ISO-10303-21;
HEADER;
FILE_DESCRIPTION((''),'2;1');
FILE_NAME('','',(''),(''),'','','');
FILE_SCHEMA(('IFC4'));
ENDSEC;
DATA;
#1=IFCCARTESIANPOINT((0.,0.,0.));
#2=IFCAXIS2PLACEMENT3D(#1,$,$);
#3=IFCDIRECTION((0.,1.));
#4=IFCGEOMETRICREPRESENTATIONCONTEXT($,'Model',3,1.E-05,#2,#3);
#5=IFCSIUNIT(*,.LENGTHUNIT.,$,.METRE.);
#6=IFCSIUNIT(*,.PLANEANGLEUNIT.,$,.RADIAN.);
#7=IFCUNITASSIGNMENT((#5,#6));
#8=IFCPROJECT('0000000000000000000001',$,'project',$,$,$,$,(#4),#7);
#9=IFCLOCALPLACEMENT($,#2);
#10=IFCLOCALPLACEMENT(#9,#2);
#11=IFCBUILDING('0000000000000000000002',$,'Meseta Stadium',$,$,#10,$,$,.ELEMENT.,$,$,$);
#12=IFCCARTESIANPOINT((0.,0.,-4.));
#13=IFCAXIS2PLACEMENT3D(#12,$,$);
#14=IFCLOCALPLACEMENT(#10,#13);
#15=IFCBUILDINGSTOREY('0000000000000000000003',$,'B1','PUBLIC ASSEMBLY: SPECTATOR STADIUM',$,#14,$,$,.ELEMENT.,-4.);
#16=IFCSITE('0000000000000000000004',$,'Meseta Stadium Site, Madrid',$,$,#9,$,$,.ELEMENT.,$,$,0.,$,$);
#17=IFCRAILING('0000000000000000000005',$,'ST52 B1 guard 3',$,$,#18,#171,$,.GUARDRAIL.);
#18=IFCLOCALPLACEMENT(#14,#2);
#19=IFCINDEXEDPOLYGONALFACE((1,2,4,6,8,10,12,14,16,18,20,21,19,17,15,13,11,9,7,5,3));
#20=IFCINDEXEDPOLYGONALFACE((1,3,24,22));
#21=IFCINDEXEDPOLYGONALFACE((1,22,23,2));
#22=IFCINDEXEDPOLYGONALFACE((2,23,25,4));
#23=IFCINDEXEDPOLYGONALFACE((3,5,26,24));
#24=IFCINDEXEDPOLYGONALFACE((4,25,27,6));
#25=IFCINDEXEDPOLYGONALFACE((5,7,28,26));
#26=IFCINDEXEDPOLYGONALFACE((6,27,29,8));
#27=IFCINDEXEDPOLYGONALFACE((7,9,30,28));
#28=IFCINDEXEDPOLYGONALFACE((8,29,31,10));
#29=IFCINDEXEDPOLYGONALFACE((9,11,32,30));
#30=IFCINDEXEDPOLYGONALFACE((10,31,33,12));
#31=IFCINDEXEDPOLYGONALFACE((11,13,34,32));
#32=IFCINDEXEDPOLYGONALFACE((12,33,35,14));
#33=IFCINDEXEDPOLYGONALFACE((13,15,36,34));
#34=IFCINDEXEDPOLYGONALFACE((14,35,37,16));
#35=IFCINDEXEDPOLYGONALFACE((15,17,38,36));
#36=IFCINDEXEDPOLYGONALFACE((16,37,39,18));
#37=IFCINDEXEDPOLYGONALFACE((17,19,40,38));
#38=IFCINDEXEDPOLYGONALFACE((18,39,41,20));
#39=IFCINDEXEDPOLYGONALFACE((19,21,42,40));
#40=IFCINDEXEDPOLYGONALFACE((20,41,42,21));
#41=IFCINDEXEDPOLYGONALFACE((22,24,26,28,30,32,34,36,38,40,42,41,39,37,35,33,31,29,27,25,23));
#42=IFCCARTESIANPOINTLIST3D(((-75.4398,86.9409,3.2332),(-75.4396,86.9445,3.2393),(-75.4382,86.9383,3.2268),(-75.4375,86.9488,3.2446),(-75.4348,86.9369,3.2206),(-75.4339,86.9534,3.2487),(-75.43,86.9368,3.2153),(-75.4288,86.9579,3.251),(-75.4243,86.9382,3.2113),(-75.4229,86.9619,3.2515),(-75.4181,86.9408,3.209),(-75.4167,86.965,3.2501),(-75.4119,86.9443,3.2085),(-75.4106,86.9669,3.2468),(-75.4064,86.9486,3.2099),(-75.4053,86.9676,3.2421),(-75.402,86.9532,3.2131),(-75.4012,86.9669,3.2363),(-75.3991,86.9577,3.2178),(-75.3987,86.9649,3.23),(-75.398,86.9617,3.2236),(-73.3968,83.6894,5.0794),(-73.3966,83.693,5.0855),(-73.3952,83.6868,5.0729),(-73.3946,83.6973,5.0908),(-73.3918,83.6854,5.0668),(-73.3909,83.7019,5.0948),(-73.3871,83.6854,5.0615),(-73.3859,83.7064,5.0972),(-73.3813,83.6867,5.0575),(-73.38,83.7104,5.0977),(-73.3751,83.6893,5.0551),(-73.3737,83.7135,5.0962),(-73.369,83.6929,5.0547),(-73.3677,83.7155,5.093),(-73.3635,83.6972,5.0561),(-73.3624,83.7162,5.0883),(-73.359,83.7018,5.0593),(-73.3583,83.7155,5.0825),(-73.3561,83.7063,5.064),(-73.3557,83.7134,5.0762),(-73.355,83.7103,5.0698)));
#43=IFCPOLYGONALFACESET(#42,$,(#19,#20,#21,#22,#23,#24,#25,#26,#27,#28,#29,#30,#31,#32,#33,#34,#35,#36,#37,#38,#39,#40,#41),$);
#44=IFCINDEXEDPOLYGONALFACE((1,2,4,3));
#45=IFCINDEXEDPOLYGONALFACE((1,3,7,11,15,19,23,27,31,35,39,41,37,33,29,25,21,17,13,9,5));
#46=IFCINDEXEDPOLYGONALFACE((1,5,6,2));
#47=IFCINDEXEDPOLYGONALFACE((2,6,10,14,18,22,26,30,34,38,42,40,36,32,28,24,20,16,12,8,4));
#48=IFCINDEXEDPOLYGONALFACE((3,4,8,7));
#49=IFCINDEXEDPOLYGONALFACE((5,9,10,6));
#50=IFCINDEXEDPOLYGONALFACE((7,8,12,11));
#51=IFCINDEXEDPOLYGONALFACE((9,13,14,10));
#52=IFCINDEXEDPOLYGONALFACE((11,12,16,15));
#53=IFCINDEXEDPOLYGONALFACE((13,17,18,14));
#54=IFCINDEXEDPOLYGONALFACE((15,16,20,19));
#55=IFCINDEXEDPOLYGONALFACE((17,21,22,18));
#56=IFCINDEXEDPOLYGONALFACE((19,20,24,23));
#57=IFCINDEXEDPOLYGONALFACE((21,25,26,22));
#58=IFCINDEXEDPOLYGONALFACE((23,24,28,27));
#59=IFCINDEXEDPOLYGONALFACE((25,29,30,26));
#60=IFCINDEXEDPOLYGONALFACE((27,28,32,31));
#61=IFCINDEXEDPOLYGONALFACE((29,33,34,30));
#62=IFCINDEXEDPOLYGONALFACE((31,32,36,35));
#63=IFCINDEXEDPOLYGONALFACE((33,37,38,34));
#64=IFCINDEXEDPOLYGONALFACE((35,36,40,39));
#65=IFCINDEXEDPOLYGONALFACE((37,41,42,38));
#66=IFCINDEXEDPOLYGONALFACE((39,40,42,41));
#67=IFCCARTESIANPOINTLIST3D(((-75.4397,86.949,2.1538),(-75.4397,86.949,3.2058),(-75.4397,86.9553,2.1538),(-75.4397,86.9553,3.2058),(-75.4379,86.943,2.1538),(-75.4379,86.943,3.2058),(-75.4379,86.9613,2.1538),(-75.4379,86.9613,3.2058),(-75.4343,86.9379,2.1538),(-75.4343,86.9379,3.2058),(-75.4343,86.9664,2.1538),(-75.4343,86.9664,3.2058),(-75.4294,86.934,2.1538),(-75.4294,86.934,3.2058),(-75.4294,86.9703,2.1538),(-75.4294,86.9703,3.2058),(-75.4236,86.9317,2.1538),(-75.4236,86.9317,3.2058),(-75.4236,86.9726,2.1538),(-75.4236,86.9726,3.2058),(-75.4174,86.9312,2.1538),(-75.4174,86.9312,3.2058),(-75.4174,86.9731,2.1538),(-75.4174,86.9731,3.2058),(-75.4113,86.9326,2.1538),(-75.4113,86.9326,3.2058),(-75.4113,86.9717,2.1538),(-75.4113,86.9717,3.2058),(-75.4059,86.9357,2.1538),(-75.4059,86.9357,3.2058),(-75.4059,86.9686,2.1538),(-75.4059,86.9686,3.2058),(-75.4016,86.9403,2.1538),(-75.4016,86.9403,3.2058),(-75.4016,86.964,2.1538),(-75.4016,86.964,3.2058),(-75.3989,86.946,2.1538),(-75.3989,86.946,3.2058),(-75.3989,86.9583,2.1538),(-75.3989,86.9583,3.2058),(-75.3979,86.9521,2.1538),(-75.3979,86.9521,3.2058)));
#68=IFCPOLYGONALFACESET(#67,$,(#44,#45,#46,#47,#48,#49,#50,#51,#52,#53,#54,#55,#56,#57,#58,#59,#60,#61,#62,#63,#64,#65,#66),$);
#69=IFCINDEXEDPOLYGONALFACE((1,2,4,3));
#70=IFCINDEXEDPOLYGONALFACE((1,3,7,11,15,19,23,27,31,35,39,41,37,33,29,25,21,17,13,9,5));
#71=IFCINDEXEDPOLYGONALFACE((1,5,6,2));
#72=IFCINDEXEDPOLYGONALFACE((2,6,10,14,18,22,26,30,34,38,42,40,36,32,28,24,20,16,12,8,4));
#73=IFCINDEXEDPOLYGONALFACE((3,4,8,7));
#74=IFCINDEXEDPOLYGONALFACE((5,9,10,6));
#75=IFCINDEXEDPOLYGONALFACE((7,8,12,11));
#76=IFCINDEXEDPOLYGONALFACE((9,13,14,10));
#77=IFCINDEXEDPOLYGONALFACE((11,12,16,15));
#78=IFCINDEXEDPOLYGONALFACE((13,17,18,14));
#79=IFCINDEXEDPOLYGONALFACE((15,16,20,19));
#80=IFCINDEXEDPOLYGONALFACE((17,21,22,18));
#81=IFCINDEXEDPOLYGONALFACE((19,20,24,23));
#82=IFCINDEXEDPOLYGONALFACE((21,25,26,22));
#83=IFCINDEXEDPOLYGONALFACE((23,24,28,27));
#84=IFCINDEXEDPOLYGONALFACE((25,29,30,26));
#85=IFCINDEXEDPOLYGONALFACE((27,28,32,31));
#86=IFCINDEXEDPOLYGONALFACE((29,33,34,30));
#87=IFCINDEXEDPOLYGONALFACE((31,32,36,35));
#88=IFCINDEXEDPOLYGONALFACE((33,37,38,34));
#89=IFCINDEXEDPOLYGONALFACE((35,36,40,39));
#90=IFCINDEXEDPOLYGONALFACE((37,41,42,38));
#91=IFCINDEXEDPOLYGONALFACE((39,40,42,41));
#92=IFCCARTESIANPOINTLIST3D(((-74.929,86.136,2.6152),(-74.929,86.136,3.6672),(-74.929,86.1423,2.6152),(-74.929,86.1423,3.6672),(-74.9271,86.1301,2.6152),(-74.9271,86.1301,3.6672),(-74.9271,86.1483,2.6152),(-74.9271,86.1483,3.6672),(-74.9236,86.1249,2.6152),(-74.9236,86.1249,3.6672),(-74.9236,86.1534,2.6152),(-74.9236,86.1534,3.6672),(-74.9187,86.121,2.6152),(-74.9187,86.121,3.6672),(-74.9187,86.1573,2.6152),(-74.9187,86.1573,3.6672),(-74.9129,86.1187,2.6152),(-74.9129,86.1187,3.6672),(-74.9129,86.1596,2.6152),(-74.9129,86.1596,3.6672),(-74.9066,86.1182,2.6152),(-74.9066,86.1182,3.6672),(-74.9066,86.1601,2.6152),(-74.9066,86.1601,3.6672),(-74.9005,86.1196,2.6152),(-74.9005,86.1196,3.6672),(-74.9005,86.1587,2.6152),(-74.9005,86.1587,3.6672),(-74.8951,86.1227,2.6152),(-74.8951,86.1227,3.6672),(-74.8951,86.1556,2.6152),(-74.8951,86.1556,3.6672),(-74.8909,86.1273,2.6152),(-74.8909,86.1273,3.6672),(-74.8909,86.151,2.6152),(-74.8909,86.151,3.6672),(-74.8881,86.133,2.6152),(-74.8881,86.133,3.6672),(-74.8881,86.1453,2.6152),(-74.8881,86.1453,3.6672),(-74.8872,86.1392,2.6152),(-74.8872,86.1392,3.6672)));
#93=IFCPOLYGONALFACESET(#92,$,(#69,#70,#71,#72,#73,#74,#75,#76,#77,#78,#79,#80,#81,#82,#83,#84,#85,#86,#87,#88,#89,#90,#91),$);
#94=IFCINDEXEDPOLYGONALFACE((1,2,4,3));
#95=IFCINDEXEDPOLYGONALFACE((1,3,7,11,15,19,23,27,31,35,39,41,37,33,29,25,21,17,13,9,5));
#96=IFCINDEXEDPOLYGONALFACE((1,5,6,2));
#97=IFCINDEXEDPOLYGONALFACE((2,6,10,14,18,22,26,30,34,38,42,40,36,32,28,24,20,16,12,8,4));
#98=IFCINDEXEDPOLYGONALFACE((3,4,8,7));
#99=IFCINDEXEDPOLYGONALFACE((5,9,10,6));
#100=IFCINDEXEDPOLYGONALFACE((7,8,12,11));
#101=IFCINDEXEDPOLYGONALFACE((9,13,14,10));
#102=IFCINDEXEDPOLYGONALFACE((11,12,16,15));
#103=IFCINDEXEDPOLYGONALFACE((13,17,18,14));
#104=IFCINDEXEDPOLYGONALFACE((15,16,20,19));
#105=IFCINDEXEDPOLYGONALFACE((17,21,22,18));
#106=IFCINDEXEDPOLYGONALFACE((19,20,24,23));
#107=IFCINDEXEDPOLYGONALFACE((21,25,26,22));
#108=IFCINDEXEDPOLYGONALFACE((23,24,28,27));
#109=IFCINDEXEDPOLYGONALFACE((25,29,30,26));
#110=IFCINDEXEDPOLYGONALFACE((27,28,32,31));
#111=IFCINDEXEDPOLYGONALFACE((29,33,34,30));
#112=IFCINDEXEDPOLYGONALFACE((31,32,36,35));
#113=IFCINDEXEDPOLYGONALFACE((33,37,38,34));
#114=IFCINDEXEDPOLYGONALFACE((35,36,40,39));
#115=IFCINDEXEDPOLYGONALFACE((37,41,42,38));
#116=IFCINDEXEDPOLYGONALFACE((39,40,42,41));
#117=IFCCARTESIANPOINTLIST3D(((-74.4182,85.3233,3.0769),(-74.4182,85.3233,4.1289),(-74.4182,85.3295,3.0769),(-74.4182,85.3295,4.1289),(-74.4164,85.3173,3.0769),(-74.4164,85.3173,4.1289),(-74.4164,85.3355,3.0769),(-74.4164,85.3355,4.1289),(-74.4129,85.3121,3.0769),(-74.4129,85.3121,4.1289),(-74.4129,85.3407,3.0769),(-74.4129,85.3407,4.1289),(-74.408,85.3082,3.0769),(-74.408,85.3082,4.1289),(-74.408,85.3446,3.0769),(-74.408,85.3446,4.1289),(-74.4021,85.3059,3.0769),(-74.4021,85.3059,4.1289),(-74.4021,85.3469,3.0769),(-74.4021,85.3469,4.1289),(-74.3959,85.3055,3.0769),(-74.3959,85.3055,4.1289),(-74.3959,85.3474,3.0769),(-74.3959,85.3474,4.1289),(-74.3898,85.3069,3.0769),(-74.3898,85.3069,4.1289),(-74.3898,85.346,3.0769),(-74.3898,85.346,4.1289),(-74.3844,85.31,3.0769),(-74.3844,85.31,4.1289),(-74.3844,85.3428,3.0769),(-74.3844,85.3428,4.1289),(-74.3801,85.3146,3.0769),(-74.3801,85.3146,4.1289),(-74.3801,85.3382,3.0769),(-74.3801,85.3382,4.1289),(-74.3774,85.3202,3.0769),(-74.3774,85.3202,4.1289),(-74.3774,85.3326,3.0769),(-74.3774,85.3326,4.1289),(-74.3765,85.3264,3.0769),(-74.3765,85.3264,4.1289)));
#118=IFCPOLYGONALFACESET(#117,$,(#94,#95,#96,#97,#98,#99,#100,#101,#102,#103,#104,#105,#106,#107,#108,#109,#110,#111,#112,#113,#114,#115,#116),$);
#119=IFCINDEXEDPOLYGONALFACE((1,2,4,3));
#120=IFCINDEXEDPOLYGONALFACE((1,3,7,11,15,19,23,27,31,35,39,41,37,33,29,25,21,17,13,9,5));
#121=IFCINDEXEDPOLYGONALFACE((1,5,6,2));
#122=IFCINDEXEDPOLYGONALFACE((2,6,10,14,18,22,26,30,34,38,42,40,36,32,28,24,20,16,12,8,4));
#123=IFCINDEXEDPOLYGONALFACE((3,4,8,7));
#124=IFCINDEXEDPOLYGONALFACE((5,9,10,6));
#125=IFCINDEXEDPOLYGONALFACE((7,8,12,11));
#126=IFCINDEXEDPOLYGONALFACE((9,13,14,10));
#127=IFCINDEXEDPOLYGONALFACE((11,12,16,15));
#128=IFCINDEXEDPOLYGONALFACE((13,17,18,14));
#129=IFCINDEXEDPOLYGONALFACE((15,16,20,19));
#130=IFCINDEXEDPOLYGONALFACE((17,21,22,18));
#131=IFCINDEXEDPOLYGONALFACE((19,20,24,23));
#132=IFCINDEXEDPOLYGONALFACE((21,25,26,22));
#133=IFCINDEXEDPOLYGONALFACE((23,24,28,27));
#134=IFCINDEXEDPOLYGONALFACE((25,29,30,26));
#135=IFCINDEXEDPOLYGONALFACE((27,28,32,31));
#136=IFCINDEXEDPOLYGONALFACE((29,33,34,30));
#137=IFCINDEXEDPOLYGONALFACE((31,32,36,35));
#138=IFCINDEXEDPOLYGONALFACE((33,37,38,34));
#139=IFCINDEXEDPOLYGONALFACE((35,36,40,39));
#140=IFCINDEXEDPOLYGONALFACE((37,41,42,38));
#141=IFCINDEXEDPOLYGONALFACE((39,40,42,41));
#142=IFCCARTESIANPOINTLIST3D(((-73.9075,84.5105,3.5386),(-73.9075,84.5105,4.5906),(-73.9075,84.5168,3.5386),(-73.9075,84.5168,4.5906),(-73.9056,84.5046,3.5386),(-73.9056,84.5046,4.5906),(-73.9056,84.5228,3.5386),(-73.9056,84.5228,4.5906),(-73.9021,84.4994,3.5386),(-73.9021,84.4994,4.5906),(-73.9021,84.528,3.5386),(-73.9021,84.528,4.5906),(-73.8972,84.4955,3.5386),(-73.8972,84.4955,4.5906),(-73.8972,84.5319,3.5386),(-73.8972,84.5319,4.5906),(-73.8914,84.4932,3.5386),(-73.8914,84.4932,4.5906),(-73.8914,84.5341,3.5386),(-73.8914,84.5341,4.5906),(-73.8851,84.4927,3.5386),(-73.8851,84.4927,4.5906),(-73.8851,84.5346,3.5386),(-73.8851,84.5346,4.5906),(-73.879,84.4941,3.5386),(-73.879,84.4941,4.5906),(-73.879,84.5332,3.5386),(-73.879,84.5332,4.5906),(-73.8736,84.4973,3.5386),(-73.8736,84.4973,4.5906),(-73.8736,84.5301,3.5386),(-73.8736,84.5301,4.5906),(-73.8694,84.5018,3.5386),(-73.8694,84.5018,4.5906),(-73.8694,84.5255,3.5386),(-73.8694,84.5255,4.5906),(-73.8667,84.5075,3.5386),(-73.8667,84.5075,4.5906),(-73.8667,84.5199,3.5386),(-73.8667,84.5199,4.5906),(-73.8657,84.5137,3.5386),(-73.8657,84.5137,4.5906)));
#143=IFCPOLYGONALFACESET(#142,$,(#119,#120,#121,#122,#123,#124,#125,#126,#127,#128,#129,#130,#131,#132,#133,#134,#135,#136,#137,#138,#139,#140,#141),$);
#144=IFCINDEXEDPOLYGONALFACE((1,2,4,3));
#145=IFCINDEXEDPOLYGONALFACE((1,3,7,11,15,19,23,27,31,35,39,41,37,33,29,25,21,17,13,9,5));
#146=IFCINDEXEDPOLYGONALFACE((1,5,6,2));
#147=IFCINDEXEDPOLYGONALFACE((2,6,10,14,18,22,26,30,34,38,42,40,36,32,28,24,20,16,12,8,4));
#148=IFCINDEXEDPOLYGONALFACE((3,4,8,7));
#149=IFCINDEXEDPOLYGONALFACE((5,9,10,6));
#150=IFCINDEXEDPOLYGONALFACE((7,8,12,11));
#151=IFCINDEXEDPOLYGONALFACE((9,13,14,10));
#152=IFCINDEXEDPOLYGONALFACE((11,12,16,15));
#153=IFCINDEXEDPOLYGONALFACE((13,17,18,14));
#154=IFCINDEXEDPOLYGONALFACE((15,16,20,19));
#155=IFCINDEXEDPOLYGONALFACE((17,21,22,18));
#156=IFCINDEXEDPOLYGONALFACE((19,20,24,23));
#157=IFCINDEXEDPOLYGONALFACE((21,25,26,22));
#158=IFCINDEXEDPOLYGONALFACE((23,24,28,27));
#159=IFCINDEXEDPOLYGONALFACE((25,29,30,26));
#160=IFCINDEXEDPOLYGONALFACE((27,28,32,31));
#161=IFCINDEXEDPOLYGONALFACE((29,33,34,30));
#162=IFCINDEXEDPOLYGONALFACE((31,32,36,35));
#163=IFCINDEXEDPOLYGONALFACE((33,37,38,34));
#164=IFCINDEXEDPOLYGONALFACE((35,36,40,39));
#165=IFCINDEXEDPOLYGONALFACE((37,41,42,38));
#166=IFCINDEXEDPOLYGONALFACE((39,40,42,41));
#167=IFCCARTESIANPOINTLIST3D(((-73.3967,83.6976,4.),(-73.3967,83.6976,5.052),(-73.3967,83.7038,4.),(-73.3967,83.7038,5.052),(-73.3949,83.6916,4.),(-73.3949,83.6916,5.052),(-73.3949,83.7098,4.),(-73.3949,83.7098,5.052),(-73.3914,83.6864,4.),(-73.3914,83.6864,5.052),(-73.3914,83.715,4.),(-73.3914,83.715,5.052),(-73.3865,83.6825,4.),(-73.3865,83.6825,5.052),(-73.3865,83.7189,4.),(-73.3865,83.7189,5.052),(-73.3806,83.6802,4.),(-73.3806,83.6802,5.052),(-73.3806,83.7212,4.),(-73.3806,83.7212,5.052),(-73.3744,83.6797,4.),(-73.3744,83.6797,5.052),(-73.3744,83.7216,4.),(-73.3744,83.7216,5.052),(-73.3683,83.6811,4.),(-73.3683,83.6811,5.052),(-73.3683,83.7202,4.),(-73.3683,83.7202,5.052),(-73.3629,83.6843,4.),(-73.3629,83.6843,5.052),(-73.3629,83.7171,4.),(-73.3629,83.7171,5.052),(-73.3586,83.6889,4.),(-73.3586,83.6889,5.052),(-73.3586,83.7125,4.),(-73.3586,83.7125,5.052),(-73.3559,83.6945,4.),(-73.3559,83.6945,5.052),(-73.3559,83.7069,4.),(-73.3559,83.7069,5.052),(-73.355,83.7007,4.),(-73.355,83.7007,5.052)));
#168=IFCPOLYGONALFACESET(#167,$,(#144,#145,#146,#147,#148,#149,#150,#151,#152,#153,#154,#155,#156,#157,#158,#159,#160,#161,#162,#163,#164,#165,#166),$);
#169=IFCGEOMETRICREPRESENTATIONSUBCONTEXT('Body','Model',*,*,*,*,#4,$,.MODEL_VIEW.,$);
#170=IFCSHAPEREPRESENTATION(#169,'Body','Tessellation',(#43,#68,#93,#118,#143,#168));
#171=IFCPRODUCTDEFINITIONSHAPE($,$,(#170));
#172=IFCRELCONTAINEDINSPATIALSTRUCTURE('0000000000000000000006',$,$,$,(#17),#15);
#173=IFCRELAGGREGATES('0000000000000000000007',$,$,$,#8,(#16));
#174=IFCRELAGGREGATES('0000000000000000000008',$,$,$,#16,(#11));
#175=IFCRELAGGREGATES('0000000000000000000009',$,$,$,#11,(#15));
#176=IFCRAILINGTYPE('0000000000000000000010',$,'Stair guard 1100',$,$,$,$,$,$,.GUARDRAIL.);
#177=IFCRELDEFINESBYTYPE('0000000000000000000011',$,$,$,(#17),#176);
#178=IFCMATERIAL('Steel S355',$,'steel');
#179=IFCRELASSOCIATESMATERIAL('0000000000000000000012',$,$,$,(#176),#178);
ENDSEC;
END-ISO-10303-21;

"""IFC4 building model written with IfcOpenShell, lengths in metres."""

from ifc_helpers import new_model, si_unit, direction, frame, origin, origin_2d, place, context, subcontext, project, spatial, circle, extrude, material, type_object, element, save


model = new_model("IFC4")

# Units and contexts
model_context = context("Model", 3, precision=1e-05, world=origin(), true_north=direction((0.0, 1.0)))
body_context = subcontext(model_context, "Body", "Model", "MODEL_VIEW")
ifc_project = project(units=[si_unit("LENGTHUNIT", "METRE"), si_unit("PLANEANGLEUNIT", "RADIAN")], contexts=[model_context])

# Site, building, storey
site_placement = place(None, origin())
site = spatial("IfcSite", under=ifc_project, at=site_placement, Name="Meseta Stadium Site, Madrid", CompositionType="ELEMENT", RefElevation=0.0)
building_placement = place(site_placement, origin())
building = spatial("IfcBuilding", under=site, at=building_placement, Name="Meseta Stadium", CompositionType="ELEMENT")
storey_placement = place(building_placement, frame((0.0, 0.0, -4.0)))
storey = spatial("IfcBuildingStorey", under=building, at=storey_placement, Name="B1", Description="PUBLIC ASSEMBLY: SPECTATOR STADIUM", CompositionType="ELEMENT", Elevation=-4.0)

# Railing
ifc_material_1 = material(Name="Steel S355", Category="steel")
railing_type_1 = type_object("IfcRailingType", Name="Stair guard 1100", PredefinedType="GUARDRAIL", material=ifc_material_1)
railing_1_placement = place(storey_placement, frame((-75.4189, 86.9521, 2.1538)))
element("IfcRailing", 1, at=railing_1_placement, inside=storey, type_object=railing_type_1, Name="ST52 B1 guard 3", PredefinedType="GUARDRAIL", context=body_context, shape_type="SweptSolid", body=[
    extrude(circle(Radius=0.0239, at=origin_2d()), frame((0.0, 0.0, 1.0762), z_axis=(0.479483, -0.763117, 0.4333), x_axis=(0.846731, 0.53202, 0.0)), (0.0, 0.0, 1.0), 4.2607),
    extrude(circle(Radius=0.021, at=origin_2d()), origin(), (0.0, 0.0, 1.0), 1.052),
    extrude(circle(Radius=0.021, at=origin_2d()), frame((0.5107, -0.813, 0.4614)), (0.0, 0.0, 1.0), 1.052),
    extrude(circle(Radius=0.021, at=origin_2d()), frame((1.0215, -1.6257, 0.9231)), (0.0, 0.0, 1.0), 1.052),
    extrude(circle(Radius=0.021, at=origin_2d()), frame((1.5322, -2.4385, 1.3848)), (0.0, 0.0, 1.0), 1.052),
    extrude(circle(Radius=0.021, at=origin_2d()), frame((2.043, -3.2515, 1.8462)), (0.0, 0.0, 1.0), 1.052),
])

save(model, "model.ifc")
